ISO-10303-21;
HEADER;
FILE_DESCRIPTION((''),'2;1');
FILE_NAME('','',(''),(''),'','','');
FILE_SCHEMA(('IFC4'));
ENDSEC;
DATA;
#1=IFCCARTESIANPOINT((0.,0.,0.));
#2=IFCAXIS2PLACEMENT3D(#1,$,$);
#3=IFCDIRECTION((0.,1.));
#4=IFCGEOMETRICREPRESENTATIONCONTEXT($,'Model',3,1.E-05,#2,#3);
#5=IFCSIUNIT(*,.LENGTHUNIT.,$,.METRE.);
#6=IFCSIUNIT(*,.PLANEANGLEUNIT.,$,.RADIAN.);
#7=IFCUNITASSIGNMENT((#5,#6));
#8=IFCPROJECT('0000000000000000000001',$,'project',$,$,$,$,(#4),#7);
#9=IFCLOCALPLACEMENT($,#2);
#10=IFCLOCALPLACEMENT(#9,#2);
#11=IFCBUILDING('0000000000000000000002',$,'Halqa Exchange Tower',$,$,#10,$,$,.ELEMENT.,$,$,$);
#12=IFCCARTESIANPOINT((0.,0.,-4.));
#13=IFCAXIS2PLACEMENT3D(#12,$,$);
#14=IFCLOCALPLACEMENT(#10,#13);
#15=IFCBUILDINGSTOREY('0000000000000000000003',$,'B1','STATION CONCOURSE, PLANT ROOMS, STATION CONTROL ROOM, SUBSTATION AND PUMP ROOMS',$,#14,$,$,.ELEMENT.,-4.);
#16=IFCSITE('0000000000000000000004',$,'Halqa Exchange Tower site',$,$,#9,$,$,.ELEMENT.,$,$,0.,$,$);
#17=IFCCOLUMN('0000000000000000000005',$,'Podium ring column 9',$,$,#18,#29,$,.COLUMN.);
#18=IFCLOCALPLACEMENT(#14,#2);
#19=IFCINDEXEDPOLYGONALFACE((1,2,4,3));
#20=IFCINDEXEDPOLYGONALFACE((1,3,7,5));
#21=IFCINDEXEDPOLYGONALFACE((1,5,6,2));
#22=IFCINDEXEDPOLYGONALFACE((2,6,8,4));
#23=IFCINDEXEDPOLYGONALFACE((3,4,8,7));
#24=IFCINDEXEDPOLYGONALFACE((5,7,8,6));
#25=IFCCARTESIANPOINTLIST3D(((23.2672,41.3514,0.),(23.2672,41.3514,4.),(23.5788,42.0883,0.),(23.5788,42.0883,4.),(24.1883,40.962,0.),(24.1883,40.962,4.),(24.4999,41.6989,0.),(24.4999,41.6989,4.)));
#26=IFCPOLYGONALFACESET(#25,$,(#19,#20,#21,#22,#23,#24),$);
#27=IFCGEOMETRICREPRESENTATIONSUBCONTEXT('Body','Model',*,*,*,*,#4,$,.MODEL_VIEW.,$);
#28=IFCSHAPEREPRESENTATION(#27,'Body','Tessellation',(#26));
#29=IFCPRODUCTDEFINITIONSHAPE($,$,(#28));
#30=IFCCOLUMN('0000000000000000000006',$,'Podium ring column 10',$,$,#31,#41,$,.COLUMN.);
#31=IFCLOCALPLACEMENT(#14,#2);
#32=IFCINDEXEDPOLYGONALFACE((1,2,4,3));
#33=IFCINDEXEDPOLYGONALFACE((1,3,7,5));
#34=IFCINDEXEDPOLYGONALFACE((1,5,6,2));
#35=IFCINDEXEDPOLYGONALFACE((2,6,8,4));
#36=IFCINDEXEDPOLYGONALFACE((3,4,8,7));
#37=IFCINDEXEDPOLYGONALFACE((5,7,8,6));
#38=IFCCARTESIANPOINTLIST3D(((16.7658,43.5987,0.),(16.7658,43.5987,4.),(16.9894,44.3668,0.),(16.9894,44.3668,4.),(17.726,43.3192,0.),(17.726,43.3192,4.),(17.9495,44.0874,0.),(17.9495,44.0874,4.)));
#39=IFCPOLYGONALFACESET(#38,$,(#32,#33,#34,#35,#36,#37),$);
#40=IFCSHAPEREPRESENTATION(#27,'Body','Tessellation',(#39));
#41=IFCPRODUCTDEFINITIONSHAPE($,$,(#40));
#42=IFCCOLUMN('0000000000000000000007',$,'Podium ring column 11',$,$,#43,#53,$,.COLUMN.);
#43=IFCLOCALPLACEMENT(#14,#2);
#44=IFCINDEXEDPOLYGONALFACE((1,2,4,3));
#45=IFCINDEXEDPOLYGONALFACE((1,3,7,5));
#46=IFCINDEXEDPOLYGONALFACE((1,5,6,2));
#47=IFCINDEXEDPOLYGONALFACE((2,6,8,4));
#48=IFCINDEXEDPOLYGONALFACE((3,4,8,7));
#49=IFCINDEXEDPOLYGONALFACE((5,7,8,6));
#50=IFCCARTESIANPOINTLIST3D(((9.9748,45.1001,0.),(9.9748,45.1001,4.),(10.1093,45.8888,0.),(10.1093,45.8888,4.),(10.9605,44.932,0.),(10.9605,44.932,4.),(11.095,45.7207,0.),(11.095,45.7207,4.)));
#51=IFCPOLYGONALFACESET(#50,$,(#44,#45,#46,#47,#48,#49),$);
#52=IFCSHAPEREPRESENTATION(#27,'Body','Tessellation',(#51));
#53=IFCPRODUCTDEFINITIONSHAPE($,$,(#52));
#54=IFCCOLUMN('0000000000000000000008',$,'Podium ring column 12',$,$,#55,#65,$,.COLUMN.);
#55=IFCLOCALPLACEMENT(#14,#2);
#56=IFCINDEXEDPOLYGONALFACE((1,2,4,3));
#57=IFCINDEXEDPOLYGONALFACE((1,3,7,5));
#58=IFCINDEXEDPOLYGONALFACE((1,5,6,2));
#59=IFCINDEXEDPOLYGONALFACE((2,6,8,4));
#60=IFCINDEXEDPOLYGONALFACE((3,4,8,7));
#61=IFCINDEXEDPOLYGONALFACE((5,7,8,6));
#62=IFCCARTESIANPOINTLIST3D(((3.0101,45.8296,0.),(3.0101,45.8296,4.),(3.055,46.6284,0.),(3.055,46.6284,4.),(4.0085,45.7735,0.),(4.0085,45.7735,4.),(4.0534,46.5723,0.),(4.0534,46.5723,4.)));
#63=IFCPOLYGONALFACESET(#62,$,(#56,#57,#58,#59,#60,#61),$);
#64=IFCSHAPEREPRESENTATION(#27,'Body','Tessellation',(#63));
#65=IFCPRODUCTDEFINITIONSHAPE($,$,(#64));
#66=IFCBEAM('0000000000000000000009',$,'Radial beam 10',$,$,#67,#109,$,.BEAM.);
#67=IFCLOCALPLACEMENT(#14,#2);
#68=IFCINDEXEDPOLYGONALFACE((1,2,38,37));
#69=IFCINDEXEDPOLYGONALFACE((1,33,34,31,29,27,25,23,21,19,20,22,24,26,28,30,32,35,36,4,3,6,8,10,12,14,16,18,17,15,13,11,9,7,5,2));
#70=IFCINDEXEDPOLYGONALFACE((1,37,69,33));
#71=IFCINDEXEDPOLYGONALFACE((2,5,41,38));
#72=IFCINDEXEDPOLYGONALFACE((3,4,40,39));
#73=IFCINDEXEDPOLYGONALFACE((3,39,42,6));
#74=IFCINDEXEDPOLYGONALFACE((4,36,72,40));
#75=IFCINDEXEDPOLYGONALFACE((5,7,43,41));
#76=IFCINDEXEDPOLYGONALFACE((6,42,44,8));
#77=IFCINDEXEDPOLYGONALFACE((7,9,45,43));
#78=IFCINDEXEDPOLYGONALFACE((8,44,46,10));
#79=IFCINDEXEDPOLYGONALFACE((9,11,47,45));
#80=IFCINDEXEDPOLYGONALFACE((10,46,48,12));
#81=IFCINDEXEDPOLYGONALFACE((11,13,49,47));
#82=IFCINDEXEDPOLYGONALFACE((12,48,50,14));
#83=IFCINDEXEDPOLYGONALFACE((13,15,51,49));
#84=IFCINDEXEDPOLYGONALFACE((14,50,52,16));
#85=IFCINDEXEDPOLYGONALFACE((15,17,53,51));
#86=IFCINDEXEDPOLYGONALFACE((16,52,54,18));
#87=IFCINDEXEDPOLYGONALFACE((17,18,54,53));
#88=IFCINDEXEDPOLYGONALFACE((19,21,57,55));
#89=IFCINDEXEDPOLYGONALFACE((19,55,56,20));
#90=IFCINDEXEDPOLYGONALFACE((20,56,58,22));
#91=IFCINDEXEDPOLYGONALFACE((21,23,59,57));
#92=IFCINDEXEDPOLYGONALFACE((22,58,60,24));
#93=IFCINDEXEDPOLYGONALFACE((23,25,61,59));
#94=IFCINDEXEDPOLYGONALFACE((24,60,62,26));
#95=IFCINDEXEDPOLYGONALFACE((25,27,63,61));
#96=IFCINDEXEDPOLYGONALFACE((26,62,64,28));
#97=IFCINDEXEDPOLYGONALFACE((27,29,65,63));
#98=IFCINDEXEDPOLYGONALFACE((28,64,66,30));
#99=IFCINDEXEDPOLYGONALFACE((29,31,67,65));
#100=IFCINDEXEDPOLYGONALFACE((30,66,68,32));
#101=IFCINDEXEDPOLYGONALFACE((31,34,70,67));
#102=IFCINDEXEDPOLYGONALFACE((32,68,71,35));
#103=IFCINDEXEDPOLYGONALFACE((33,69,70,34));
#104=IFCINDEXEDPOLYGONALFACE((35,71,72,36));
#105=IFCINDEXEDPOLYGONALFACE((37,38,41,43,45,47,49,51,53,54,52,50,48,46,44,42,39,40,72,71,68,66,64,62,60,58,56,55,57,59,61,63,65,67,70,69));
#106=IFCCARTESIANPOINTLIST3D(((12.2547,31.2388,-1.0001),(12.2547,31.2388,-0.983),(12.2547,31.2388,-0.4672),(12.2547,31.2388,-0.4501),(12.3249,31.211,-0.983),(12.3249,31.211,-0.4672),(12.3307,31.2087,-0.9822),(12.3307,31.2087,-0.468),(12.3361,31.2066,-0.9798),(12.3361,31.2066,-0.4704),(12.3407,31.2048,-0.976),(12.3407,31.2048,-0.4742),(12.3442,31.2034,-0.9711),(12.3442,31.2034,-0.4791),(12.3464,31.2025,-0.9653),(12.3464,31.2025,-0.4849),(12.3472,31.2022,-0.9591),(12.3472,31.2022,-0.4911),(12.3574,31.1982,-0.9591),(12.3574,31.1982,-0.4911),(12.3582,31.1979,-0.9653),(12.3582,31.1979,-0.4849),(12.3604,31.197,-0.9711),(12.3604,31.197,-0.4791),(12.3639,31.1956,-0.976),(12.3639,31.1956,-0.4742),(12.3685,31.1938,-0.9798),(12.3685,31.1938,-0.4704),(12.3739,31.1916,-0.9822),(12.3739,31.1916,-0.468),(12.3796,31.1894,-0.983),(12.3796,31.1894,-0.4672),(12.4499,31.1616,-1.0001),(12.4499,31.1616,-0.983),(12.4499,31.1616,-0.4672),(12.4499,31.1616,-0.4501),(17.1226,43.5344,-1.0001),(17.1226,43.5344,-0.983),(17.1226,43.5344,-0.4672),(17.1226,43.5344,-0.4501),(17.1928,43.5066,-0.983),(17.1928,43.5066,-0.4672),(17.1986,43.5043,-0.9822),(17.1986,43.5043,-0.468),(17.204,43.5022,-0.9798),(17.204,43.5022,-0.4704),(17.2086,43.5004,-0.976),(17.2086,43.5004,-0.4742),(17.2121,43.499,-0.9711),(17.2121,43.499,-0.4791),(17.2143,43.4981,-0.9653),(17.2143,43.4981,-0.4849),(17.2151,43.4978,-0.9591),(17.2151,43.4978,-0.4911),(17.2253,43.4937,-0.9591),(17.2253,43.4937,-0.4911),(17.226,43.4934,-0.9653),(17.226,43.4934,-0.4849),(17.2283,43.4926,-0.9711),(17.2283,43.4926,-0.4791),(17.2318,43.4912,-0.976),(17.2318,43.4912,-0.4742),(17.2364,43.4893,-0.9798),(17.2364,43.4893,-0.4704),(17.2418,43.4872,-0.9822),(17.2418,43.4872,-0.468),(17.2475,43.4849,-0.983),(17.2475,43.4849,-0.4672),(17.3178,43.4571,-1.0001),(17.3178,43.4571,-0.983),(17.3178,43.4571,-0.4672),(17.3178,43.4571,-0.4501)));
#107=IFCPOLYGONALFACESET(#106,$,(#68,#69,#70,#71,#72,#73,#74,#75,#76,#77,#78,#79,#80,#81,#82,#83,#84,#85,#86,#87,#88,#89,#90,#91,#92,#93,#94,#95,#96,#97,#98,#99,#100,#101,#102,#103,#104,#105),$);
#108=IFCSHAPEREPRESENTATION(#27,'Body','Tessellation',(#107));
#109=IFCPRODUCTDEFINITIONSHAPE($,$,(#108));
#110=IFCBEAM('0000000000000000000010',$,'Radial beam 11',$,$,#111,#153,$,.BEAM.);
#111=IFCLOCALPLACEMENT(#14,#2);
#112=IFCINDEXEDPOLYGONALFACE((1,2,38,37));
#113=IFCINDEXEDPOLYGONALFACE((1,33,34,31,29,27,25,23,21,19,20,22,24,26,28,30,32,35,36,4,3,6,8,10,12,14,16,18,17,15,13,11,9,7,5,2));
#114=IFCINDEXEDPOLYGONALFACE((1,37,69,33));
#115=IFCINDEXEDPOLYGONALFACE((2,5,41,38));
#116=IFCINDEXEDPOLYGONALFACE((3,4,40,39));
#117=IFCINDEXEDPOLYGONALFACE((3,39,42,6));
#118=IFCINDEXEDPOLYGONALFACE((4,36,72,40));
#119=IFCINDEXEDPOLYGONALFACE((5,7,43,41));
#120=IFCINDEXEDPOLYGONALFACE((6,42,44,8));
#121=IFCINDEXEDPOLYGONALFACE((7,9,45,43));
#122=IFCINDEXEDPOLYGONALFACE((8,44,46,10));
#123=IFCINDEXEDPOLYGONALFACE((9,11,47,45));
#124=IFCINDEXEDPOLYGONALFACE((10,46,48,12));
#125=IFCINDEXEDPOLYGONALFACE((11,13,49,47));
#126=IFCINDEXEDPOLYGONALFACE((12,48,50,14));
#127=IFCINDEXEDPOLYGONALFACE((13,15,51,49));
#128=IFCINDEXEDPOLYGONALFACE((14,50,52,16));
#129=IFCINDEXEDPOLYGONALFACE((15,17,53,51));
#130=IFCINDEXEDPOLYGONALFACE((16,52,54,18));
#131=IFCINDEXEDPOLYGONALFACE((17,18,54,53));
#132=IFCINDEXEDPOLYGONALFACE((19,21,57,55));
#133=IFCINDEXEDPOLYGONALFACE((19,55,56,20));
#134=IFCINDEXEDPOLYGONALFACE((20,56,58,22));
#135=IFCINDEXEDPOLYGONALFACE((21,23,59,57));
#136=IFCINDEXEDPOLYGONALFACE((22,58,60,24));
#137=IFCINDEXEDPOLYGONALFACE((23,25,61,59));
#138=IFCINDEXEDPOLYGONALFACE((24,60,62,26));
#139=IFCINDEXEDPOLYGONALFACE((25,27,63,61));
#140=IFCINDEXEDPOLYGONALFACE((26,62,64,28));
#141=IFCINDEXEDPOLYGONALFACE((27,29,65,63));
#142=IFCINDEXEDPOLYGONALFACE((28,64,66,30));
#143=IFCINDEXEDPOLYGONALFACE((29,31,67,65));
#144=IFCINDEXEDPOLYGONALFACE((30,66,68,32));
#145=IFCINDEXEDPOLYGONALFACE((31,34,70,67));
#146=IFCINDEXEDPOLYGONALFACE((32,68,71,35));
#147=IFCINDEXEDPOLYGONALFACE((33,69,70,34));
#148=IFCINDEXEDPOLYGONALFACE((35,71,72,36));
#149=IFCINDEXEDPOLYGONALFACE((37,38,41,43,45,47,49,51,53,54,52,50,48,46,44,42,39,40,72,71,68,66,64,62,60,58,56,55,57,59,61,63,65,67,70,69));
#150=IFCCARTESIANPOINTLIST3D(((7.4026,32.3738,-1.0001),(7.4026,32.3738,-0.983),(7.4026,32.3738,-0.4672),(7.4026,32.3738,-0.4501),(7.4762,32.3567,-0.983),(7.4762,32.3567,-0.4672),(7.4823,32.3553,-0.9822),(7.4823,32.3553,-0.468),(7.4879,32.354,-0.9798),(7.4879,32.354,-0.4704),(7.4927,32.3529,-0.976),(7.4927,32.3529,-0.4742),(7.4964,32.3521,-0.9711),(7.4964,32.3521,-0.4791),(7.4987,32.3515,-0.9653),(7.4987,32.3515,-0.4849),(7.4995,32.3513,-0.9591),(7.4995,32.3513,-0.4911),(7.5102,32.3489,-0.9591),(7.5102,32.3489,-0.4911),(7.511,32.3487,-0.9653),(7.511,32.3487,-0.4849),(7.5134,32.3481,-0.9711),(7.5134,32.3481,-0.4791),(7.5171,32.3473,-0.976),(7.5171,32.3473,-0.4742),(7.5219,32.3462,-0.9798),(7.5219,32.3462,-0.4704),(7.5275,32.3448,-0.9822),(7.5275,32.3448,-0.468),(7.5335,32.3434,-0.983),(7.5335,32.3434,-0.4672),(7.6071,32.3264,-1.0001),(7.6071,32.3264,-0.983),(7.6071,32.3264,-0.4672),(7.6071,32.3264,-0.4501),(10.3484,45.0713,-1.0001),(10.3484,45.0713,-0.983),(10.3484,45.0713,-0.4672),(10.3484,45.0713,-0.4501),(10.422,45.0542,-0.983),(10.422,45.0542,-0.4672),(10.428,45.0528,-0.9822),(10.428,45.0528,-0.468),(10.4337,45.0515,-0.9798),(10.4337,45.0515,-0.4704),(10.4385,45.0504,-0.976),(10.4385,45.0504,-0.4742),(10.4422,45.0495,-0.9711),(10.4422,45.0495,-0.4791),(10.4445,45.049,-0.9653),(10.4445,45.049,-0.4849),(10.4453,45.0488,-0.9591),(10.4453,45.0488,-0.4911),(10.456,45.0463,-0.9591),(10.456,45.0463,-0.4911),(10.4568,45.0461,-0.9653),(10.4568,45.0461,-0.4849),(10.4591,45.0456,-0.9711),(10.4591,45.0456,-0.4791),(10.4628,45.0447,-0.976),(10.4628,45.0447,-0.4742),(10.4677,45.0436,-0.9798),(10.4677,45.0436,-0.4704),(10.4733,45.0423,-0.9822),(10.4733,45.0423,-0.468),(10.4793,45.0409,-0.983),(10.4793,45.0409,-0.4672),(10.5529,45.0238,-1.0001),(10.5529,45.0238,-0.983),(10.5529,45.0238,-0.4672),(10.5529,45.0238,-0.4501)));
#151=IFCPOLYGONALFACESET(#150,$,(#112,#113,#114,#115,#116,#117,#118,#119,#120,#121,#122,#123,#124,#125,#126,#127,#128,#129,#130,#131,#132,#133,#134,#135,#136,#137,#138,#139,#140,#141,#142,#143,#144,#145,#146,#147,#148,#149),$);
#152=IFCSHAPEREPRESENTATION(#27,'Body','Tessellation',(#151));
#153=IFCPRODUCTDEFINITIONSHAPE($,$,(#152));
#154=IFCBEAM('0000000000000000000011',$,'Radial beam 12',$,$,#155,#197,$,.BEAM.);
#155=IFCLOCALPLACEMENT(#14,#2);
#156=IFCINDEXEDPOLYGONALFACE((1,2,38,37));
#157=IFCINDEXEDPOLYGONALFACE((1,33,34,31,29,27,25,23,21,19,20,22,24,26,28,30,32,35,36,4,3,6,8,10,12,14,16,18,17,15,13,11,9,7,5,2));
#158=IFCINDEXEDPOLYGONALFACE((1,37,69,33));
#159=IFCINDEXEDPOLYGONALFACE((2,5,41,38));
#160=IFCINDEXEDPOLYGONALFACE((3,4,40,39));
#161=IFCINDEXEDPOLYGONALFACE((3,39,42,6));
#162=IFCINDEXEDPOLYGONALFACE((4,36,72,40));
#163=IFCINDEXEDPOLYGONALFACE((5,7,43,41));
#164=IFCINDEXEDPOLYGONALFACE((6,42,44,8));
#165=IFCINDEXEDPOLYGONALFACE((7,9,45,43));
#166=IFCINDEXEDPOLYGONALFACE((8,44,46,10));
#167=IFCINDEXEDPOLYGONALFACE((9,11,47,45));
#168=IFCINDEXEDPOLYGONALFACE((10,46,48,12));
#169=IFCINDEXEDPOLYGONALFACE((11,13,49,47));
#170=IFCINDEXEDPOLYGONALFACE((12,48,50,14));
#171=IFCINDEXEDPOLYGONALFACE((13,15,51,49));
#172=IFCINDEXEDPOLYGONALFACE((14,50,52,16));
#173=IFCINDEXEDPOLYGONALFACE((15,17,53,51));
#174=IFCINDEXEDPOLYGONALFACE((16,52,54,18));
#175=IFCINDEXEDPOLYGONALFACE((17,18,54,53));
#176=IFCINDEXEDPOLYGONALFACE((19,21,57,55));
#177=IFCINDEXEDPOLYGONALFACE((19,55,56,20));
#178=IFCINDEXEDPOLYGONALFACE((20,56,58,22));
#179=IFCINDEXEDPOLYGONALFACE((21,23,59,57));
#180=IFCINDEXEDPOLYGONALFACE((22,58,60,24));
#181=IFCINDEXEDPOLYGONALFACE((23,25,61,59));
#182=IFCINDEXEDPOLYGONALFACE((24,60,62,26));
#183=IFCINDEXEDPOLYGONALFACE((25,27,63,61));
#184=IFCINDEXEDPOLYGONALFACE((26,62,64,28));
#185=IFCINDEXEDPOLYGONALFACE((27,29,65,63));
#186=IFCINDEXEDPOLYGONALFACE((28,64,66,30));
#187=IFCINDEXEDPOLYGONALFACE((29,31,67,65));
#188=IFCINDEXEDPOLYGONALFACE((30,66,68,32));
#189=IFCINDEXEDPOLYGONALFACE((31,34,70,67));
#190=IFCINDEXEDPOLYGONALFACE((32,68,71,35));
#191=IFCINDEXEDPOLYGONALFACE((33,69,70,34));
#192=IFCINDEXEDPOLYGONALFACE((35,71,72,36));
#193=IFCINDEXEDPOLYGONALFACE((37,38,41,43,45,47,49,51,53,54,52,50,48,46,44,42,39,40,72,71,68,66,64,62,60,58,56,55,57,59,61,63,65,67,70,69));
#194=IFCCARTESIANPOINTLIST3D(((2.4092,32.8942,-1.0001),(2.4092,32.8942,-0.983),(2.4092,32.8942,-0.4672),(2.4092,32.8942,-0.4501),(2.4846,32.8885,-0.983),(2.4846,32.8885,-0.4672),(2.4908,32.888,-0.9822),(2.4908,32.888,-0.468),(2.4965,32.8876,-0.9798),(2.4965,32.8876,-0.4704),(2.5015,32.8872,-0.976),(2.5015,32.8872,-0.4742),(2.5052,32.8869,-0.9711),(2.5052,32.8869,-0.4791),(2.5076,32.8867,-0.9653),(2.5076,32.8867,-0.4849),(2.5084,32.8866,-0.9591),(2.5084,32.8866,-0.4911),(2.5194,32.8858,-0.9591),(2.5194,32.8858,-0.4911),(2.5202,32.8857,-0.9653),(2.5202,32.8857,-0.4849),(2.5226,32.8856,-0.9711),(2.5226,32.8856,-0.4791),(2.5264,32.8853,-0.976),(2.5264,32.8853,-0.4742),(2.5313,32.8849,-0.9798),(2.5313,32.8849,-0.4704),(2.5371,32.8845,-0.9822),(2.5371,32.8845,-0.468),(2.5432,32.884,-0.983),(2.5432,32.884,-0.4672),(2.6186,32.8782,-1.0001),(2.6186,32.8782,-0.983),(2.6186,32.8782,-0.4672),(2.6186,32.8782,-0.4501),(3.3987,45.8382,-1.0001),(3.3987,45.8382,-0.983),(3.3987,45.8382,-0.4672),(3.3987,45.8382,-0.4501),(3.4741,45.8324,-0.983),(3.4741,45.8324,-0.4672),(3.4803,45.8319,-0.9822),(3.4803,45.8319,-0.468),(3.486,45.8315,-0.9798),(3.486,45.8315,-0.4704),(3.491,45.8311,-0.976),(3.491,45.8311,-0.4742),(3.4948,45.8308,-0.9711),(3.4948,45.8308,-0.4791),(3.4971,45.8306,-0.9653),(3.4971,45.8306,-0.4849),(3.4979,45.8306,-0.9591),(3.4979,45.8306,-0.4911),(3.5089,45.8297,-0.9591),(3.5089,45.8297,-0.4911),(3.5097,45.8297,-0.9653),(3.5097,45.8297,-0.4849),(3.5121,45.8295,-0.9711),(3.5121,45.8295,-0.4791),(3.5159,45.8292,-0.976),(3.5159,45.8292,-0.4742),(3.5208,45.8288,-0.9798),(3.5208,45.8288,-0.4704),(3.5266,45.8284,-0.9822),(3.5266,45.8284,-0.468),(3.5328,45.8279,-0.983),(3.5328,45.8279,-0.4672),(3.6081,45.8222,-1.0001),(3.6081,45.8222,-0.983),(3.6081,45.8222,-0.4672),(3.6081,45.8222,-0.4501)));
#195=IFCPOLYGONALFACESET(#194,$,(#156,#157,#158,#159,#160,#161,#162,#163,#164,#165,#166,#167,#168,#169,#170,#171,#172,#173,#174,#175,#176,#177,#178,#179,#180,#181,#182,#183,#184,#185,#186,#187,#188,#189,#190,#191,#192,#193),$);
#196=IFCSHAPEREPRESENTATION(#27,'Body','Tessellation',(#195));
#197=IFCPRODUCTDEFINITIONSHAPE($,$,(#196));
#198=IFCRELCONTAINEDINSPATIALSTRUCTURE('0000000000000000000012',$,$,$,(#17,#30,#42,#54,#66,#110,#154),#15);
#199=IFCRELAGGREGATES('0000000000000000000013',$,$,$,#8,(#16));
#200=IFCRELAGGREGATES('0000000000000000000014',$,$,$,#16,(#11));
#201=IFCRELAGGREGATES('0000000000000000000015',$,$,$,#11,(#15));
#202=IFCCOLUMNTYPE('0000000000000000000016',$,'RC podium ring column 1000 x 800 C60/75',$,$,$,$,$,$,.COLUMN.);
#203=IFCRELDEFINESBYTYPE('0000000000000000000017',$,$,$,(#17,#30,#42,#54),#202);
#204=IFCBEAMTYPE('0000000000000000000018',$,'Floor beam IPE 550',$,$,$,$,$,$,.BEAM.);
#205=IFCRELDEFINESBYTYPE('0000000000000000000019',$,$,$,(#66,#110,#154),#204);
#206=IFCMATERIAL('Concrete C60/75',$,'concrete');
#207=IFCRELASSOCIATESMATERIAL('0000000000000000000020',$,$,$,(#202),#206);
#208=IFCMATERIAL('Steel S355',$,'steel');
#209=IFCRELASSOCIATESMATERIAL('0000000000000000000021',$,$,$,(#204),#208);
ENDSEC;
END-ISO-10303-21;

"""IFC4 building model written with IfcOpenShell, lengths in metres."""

from ifc_helpers import new_model, si_unit, direction, frame, origin, origin_2d, place, context, subcontext, project, spatial, rectangle, i_section, extrude, material, material_profile, profile_set, type_object, element, save


model = new_model("IFC4")

# Units and contexts
model_context = context("Model", 3, precision=1e-05, world=origin(), true_north=direction((0.0, 1.0)))
body_context = subcontext(model_context, "Body", "Model", "MODEL_VIEW")
ifc_project = project(units=[si_unit("LENGTHUNIT", "METRE"), si_unit("PLANEANGLEUNIT", "RADIAN")], contexts=[model_context])

# Site, building, storey
site_placement = place(None, origin())
site = spatial("IfcSite", under=ifc_project, at=site_placement, Name="Halqa Exchange Tower site", CompositionType="ELEMENT", RefElevation=0.0)
building_placement = place(site_placement, origin())
building = spatial("IfcBuilding", under=site, at=building_placement, Name="Halqa Exchange Tower", CompositionType="ELEMENT")
storey_placement = place(building_placement, frame((0.0, 0.0, -4.0)))
storey = spatial("IfcBuildingStorey", under=building, at=storey_placement, Name="B1", Description="STATION CONCOURSE, PLANT ROOMS, STATION CONTROL ROOM, SUBSTATION AND PUMP ROOMS", CompositionType="ELEMENT", Elevation=-4.0)

# Columns
ifc_material_1 = material(Name="Concrete C60/75", Category="concrete")
ifc_material_profile_1 = material_profile(ifc_material_1, rectangle(XDim=1.0, YDim=0.8, at=origin_2d()), Name="1000 x 800")
ifc_profile_set_1 = profile_set([ifc_material_profile_1], Name="Concrete C60/75")
column_type = type_object("IfcColumnType", Name="RC podium ring column 1000 x 800 C60/75", PredefinedType="COLUMN", material=ifc_profile_set_1)
for number, where, z_axis, x_axis, name in (
    (1, (23.8835, 41.5251, 0.0), (0.0, 0.0, 1.0), (-0.921048, 0.389449, 0.0), "Podium ring column 9"),
    (2, (17.3577, 43.843, 0.0), (0.0, 0.0, 1.0), (-0.960158, 0.279459, 0.0), "Podium ring column 10"),
    (3, (10.5349, 45.4104, 0.0), (0.0, 0.0, 1.0), (-0.985766, 0.168121, 0.0), "Podium ring column 11"),
    (4, (3.5317, 46.2009, 0.0), (0.0, 0.0, 1.0), (-0.998425, 0.056107, 0.0), "Podium ring column 12"),
):
    element("IfcColumn", number, at=place(storey_placement, frame(where, z_axis=z_axis, x_axis=x_axis)), inside=storey, type_object=column_type, Name=name, PredefinedType="COLUMN", context=body_context, shape_type="SweptSolid", body=[
        extrude(rectangle(XDim=1.0, YDim=0.8, at=origin_2d()), origin(), (0.0, 0.0, 1.0), 4.0),
    ])

# Beams
ifc_material_2 = material(Name="Steel S355", Category="steel")
ifc_material_profile_2 = material_profile(ifc_material_2, i_section(OverallWidth=0.21, OverallDepth=0.55, WebThickness=0.011, FlangeThickness=0.0171, FilletRadius=0.0239, at=origin_2d()), Name="IPE 550")
ifc_profile_set_2 = profile_set([ifc_material_profile_2], Name="Steel S355")
beam_type_1 = type_object("IfcBeamType", Name="Floor beam IPE 550", PredefinedType="BEAM", material=ifc_profile_set_2)
beam_1_placement = place(storey_placement, frame((12.3523, 31.2002, -0.7251), z_axis=(0.368107, 0.929784, 0.0), x_axis=(-0.929784, 0.368107, 0.0)))
element("IfcBeam", 5, at=beam_1_placement, inside=storey, type_object=beam_type_1, Name="Radial beam 10", PredefinedType="BEAM", context=body_context, shape_type="SweptSolid", body=[
    extrude(i_section(OverallWidth=0.21, OverallDepth=0.55, WebThickness=0.011, FlangeThickness=0.0171, FilletRadius=0.0239, at=origin_2d()), origin(), (0.0, 0.0, 1.0), 13.2241),
])
beam_2_placement = place(storey_placement, frame((7.5049, 32.3501, -0.7251), z_axis=(0.225996, 0.974128, 0.0), x_axis=(-0.974128, 0.225996, 0.0)))
element("IfcBeam", 6, at=beam_2_placement, inside=storey, type_object=beam_type_1, Name="Radial beam 11", PredefinedType="BEAM", context=body_context, shape_type="SweptSolid", body=[
    extrude(i_section(OverallWidth=0.21, OverallDepth=0.55, WebThickness=0.011, FlangeThickness=0.0171, FilletRadius=0.0239, at=origin_2d()), origin(), (0.0, 0.0, 1.0), 13.0347),
])
beam_3_placement = place(storey_placement, frame((2.5139, 32.8862, -0.7251), z_axis=(0.076223, 0.997091, 0.0), x_axis=(-0.997091, 0.076223, 0.0)))
element("IfcBeam", 7, at=beam_3_placement, inside=storey, type_object=beam_type_1, Name="Radial beam 12", PredefinedType="BEAM", context=body_context, shape_type="SweptSolid", body=[
    extrude(i_section(OverallWidth=0.21, OverallDepth=0.55, WebThickness=0.011, FlangeThickness=0.0171, FilletRadius=0.0239, at=origin_2d()), origin(), (0.0, 0.0, 1.0), 12.9817),
])

save(model, "model.ifc")
